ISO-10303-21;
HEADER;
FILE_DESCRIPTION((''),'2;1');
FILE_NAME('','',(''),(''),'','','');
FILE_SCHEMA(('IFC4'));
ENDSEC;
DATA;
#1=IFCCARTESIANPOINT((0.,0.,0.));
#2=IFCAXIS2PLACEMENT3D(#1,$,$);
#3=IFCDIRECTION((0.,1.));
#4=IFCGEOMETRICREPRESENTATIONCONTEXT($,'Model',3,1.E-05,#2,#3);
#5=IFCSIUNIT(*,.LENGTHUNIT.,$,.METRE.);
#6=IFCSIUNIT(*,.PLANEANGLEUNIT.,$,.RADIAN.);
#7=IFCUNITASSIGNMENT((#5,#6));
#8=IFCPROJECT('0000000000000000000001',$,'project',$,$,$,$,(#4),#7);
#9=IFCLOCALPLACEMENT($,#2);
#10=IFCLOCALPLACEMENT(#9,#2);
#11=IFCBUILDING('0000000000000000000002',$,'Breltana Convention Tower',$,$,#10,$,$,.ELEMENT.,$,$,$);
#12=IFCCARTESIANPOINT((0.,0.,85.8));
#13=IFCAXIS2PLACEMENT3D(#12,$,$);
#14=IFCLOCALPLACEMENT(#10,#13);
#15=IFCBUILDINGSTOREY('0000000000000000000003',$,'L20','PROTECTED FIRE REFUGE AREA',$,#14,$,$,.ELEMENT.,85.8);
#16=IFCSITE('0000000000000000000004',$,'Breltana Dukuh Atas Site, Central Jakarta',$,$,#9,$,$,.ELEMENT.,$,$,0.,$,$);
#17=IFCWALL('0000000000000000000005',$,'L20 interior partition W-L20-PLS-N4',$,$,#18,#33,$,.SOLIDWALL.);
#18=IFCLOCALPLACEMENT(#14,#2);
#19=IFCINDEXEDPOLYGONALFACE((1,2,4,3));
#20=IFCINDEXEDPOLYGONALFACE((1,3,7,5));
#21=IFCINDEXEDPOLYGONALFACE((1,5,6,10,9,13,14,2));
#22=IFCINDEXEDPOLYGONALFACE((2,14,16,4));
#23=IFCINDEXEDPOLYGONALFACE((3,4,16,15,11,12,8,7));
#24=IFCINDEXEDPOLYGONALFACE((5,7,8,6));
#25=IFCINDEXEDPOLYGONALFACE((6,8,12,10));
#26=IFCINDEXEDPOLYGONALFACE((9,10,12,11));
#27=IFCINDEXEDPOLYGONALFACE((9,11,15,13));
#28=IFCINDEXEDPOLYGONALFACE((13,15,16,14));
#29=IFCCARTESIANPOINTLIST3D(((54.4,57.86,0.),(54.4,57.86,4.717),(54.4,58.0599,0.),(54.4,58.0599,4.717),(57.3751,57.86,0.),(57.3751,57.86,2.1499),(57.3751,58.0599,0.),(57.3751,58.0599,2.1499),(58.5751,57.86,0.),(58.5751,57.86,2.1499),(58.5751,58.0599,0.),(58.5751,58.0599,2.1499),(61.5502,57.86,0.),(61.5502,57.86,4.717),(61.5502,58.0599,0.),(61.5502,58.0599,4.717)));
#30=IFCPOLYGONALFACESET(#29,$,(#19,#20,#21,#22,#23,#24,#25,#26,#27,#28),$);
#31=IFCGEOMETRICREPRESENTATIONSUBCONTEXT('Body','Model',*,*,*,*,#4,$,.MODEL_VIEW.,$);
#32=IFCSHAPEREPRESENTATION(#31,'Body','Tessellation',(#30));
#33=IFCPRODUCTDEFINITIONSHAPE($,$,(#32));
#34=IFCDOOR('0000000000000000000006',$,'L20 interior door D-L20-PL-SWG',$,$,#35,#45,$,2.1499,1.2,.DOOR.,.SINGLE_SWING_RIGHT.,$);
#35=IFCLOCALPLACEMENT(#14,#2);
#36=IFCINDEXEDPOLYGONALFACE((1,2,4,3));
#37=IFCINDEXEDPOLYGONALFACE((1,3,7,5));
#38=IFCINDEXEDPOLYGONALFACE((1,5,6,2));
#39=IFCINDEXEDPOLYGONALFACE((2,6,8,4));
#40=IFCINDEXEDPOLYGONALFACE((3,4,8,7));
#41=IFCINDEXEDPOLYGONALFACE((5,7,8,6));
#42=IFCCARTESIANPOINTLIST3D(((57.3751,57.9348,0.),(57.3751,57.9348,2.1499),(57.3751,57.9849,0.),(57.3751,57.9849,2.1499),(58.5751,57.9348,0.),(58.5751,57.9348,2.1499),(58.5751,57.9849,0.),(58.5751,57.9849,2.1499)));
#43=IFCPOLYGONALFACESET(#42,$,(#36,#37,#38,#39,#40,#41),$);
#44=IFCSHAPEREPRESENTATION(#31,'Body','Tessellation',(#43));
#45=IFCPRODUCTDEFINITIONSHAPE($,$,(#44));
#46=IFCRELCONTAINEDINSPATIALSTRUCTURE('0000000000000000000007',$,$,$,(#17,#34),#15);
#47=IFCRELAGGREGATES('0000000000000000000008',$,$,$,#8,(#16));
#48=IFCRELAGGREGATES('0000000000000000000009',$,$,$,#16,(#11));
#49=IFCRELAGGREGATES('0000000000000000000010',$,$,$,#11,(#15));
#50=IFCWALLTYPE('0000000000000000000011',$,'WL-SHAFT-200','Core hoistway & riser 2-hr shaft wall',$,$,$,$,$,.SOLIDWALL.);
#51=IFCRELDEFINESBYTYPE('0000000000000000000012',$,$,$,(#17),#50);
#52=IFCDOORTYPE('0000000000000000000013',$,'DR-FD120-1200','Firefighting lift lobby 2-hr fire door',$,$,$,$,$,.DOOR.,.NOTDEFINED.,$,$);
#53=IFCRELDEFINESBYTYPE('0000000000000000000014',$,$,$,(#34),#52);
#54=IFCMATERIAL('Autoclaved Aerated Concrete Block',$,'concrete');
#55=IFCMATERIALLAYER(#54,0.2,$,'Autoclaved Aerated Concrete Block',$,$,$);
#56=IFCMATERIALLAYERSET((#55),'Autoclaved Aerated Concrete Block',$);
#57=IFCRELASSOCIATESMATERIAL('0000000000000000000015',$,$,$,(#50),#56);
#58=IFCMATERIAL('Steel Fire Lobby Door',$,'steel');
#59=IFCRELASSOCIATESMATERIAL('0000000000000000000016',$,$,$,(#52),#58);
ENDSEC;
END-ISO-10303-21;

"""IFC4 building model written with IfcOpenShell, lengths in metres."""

from ifc_helpers import new_model, si_unit, direction, frame, frame_2d, origin, place, context, subcontext, project, spatial, rectangle, extrude, source, transform, mapped, material, layer, layer_set, type_object, type_shapes, element, fill, save


model = new_model("IFC4")

# Units and contexts
model_context = context("Model", 3, precision=1e-05, world=origin(), true_north=direction((0.0, 1.0)))
body_context = subcontext(model_context, "Body", "Model", "MODEL_VIEW")
ifc_project = project(units=[si_unit("LENGTHUNIT", "METRE"), si_unit("PLANEANGLEUNIT", "RADIAN")], contexts=[model_context])

# Site, building, storey
site_placement = place(None, origin())
site = spatial("IfcSite", under=ifc_project, at=site_placement, Name="Breltana Dukuh Atas Site, Central Jakarta", CompositionType="ELEMENT", RefElevation=0.0)
building_placement = place(site_placement, origin())
building = spatial("IfcBuilding", under=site, at=building_placement, Name="Breltana Convention Tower", CompositionType="ELEMENT")
storey_placement = place(building_placement, frame((0.0, 0.0, 85.8)))
storey = spatial("IfcBuildingStorey", under=building, at=storey_placement, Name="L20", Description="PROTECTED FIRE REFUGE AREA", CompositionType="ELEMENT", Elevation=85.8)

# Shared definitions
ifc_material_1 = material(Name="Autoclaved Aerated Concrete Block", Category="concrete")
ifc_layer_1 = layer(ifc_material_1, 0.2, Name="Autoclaved Aerated Concrete Block")
ifc_layer_set_1 = layer_set([ifc_layer_1], Name="Autoclaved Aerated Concrete Block")
wall_type_1 = type_object("IfcWallType", Name="WL-SHAFT-200", Description="Core hoistway & riser 2-hr shaft wall", PredefinedType="SOLIDWALL", material=ifc_layer_set_1)

# Wall, opening, door
shared_shape_1 = source(origin(), body_context, "Body", "SweptSolid", [
    extrude(rectangle(XDim=7.1501, YDim=0.2, at=frame_2d((3.5752, 0.0))), origin(), (0.0, 0.0, 1.0), 4.717),
])
wall_1_placement = place(storey_placement, frame((54.3999, 57.96, 0.0), z_axis=(0.0, 0.0, 1.0), x_axis=(1.0, 0.0, 0.0)))
wall_1 = element("IfcWall", 1, at=wall_1_placement, inside=storey, type_object=wall_type_1, Name="L20 interior partition W-L20-PLS-N4", PredefinedType="SOLIDWALL", context=body_context, shape_type="MappedRepresentation", body=[
    mapped(shared_shape_1, transform((0.0, 0.0, 0.0), scale=1.0)),
])
opening_1_placement = place(wall_1_placement, frame((2.9751, 0.0, 0.0)))
opening_1 = element("IfcOpeningElement", 2, at=opening_1_placement, cuts=wall_1, PredefinedType="OPENING", context=body_context, shape_type="SweptSolid", body=[
    extrude(rectangle(XDim=1.2, YDim=2.1499, at=frame_2d((0.6001, 1.075))), frame((0.0, 0.1099, 0.0), z_axis=(0.0, -1.0, 0.0), x_axis=(1.0, 0.0, 0.0)), (0.0, 0.0, 1.0), 0.22),
])
ifc_material_2 = material(Name="Steel Fire Lobby Door", Category="steel")
door_type_1 = type_object("IfcDoorType", Name="DR-FD120-1200", Description="Firefighting lift lobby 2-hr fire door", OperationType="NOTDEFINED", PredefinedType="DOOR", material=ifc_material_2)
shared_shape_2 = source(origin(), body_context, "Body", "SweptSolid", [
    extrude(rectangle(XDim=1.2, YDim=2.1499, at=frame_2d((0.6001, 1.075))), frame((0.0, 0.0249, 0.0), z_axis=(0.0, -1.0, 0.0), x_axis=(1.0, 0.0, 0.0)), (0.0, 0.0, 1.0), 0.05),
])
type_shapes(door_type_1, [shared_shape_2])
door_1_placement = place(opening_1_placement, origin())
door_1 = element("IfcDoor", 3, at=door_1_placement, inside=storey, type_object=door_type_1, Name="L20 interior door D-L20-PL-SWG", OperationType="SINGLE_SWING_RIGHT", OverallHeight=2.1499, OverallWidth=1.2, PredefinedType="DOOR", context=body_context, shape_type="MappedRepresentation", body=[
    mapped(shared_shape_2, transform((0.0, 0.0, 0.0), scale=1.0)),
])
fill(opening_1, door_1)

save(model, "model.ifc")
